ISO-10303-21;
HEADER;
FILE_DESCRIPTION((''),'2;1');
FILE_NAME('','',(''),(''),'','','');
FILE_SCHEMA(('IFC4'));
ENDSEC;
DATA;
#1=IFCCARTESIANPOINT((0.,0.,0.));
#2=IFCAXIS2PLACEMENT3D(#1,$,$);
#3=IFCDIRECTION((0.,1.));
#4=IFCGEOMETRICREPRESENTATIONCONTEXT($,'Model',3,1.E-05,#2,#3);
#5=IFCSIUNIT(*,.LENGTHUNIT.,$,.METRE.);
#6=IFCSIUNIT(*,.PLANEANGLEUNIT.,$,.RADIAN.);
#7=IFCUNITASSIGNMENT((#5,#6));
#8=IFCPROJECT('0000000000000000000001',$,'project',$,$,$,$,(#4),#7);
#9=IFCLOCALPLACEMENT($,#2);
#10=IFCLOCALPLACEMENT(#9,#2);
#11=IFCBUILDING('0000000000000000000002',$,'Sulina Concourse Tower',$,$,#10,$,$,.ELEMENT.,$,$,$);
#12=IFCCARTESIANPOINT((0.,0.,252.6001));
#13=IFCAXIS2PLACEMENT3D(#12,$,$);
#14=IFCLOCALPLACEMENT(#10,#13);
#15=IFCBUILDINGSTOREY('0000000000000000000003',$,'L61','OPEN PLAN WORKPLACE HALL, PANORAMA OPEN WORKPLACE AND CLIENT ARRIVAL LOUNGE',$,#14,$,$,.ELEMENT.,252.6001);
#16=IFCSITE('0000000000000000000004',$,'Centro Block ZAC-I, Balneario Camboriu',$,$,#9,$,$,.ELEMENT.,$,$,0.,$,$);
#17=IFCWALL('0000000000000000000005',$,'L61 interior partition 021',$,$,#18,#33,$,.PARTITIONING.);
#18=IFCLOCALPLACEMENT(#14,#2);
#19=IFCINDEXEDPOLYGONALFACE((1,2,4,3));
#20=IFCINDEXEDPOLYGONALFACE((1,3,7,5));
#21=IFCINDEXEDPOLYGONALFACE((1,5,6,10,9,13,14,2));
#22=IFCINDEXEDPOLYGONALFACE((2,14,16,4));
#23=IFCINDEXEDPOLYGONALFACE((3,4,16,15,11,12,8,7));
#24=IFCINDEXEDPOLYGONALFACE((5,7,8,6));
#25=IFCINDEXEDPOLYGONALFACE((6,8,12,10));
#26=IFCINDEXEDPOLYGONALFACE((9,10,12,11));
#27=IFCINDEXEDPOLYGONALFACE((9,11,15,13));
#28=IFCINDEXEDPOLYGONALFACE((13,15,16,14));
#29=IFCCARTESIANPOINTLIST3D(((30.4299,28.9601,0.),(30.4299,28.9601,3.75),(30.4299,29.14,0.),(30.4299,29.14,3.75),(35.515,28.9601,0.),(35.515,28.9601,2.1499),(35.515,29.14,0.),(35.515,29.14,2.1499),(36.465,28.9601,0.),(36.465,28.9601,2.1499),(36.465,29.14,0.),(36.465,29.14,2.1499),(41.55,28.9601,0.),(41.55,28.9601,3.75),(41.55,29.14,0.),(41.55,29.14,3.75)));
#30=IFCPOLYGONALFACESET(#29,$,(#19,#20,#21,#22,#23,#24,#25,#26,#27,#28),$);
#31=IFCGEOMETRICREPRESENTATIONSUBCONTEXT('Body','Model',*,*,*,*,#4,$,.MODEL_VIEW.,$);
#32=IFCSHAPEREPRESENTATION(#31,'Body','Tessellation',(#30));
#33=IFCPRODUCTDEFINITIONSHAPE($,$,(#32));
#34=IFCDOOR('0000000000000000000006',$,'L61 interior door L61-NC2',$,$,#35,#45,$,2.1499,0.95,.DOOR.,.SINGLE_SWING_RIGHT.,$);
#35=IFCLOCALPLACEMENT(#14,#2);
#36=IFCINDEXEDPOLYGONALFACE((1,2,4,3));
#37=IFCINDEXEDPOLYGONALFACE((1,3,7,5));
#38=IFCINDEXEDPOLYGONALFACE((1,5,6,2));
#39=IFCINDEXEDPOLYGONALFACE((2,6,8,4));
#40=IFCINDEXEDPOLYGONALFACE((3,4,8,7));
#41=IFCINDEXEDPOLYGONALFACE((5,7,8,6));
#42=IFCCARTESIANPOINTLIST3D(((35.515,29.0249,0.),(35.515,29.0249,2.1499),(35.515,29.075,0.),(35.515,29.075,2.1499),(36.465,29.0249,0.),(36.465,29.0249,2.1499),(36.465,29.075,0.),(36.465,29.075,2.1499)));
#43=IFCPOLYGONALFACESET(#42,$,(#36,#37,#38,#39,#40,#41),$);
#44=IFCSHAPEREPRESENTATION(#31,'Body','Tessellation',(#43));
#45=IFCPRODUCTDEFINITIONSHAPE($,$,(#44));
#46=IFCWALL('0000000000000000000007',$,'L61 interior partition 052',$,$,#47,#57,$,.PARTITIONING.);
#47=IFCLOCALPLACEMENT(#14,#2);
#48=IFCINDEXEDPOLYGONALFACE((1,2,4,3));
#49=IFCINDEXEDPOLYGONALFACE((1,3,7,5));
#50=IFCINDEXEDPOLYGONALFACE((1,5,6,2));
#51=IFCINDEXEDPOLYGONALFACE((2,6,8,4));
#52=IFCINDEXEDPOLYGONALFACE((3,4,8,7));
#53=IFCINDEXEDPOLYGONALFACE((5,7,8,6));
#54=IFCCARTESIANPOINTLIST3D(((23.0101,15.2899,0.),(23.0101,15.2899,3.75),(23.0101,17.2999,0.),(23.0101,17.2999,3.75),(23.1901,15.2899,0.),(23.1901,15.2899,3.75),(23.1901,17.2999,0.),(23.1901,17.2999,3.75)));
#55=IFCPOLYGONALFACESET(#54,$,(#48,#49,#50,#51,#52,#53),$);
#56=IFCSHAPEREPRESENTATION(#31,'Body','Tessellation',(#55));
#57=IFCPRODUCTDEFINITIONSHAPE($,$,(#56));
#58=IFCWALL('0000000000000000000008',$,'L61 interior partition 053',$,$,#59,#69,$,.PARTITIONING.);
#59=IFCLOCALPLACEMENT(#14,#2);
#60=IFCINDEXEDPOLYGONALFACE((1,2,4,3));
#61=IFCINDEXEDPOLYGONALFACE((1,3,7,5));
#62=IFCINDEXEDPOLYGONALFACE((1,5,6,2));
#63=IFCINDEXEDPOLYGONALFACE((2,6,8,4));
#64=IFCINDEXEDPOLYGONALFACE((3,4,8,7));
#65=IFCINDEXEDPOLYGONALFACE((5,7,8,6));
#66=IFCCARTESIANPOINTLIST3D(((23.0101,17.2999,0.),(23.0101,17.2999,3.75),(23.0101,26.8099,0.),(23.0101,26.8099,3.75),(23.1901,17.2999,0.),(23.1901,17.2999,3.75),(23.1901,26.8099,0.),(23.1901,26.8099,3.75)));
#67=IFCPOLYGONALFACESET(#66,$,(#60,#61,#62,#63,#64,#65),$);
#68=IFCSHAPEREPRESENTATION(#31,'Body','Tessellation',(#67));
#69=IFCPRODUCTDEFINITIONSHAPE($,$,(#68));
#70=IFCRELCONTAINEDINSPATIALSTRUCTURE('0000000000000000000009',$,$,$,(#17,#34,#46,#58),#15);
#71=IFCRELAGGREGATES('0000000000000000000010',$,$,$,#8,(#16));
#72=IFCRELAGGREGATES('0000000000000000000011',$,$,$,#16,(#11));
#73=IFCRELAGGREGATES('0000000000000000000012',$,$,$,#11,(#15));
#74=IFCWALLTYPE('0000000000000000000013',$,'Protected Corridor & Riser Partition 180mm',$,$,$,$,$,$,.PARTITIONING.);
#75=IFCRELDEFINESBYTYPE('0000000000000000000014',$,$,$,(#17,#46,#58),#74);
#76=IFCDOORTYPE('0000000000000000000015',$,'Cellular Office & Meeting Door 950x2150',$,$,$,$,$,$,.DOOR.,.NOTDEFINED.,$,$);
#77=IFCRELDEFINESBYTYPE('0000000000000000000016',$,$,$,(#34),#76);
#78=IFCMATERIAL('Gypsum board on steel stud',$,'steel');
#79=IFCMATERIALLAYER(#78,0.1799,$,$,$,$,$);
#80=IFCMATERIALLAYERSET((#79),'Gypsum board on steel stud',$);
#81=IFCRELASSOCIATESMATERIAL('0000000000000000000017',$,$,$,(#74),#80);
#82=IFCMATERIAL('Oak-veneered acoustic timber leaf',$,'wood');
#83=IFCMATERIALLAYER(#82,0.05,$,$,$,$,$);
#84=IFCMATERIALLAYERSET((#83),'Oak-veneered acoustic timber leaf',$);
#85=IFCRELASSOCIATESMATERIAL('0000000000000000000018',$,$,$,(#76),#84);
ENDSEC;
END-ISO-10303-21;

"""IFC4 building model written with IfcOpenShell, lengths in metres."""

from ifc_helpers import new_model, si_unit, direction, frame, frame_2d, origin, place, context, subcontext, project, spatial, rectangle, extrude, material, layer, layer_set, type_object, element, fill, save


model = new_model("IFC4")

# Units and contexts
model_context = context("Model", 3, precision=1e-05, world=origin(), true_north=direction((0.0, 1.0)))
body_context = subcontext(model_context, "Body", "Model", "MODEL_VIEW")
ifc_project = project(units=[si_unit("LENGTHUNIT", "METRE"), si_unit("PLANEANGLEUNIT", "RADIAN")], contexts=[model_context])

# Site, building, storey
site_placement = place(None, origin())
site = spatial("IfcSite", under=ifc_project, at=site_placement, Name="Centro Block ZAC-I, Balneario Camboriu", CompositionType="ELEMENT", RefElevation=0.0)
building_placement = place(site_placement, origin())
building = spatial("IfcBuilding", under=site, at=building_placement, Name="Sulina Concourse Tower", CompositionType="ELEMENT")
storey_placement = place(building_placement, frame((0.0, 0.0, 252.6001)))
storey = spatial("IfcBuildingStorey", under=building, at=storey_placement, Name="L61", Description="OPEN PLAN WORKPLACE HALL, PANORAMA OPEN WORKPLACE AND CLIENT ARRIVAL LOUNGE", CompositionType="ELEMENT", Elevation=252.6001)

# Wall, opening, door
ifc_material_1 = material(Name="Gypsum board on steel stud", Category="steel")
ifc_layer_1 = layer(ifc_material_1, 0.1799)
ifc_layer_set_1 = layer_set([ifc_layer_1], Name="Gypsum board on steel stud")
wall_type_1 = type_object("IfcWallType", Name="Protected Corridor & Riser Partition 180mm", PredefinedType="PARTITIONING", material=ifc_layer_set_1)
wall_1_placement = place(storey_placement, frame((30.4299, 29.05, 0.0), z_axis=(0.0, 0.0, 1.0), x_axis=(1.0, 0.0, 0.0)))
wall_1 = element("IfcWall", 1, at=wall_1_placement, inside=storey, type_object=wall_type_1, Name="L61 interior partition 021", PredefinedType="PARTITIONING", context=body_context, shape_type="SweptSolid", body=[
    extrude(rectangle(XDim=11.1201, YDim=0.1799, at=frame_2d((5.5601, 0.0))), origin(), (0.0, 0.0, 1.0), 3.75),
])
opening_1_placement = place(wall_1_placement, frame((5.085, 0.0, 0.0)))
opening_1 = element("IfcOpeningElement", 2, at=opening_1_placement, cuts=wall_1, PredefinedType="OPENING", context=body_context, shape_type="SweptSolid", body=[
    extrude(rectangle(XDim=0.95, YDim=2.1499, at=frame_2d((0.4751, 1.075))), frame((0.0, 0.0999, 0.0), z_axis=(0.0, -1.0, 0.0), x_axis=(1.0, 0.0, 0.0)), (0.0, 0.0, 1.0), 0.2),
])
ifc_material_2 = material(Name="Oak-veneered acoustic timber leaf", Category="wood")
ifc_layer_2 = layer(ifc_material_2, 0.05)
ifc_layer_set_2 = layer_set([ifc_layer_2], Name="Oak-veneered acoustic timber leaf")
door_type_1 = type_object("IfcDoorType", Name="Cellular Office & Meeting Door 950x2150", OperationType="NOTDEFINED", PredefinedType="DOOR", material=ifc_layer_set_2)
door_1_placement = place(opening_1_placement, origin())
door_1 = element("IfcDoor", 3, at=door_1_placement, inside=storey, type_object=door_type_1, Name="L61 interior door L61-NC2", OperationType="SINGLE_SWING_RIGHT", OverallHeight=2.1499, OverallWidth=0.95, PredefinedType="DOOR", context=body_context, shape_type="SweptSolid", body=[
    extrude(rectangle(XDim=0.95, YDim=2.1499, at=frame_2d((0.4751, 1.075))), frame((0.0, 0.0249, 0.0), z_axis=(0.0, -1.0, 0.0), x_axis=(1.0, 0.0, 0.0)), (0.0, 0.0, 1.0), 0.05),
])
fill(opening_1, door_1)

# Walls
wall_2_placement = place(storey_placement, frame((23.1001, 15.29, 0.0), z_axis=(0.0, 0.0, 1.0), x_axis=(0.0, 1.0, 0.0)))
element("IfcWall", 4, at=wall_2_placement, inside=storey, type_object=wall_type_1, Name="L61 interior partition 052", PredefinedType="PARTITIONING", context=body_context, shape_type="SweptSolid", body=[
    extrude(rectangle(XDim=2.01, YDim=0.1799, at=frame_2d((1.0049, 0.0))), origin(), (0.0, 0.0, 1.0), 3.75),
])
wall_3_placement = place(storey_placement, frame((23.1001, 17.3, 0.0), z_axis=(0.0, 0.0, 1.0), x_axis=(0.0, 1.0, 0.0)))
element("IfcWall", 5, at=wall_3_placement, inside=storey, type_object=wall_type_1, Name="L61 interior partition 053", PredefinedType="PARTITIONING", context=body_context, shape_type="SweptSolid", body=[
    extrude(rectangle(XDim=9.51, YDim=0.1799, at=frame_2d((4.7549, 0.0))), origin(), (0.0, 0.0, 1.0), 3.75),
])

save(model, "model.ifc")
